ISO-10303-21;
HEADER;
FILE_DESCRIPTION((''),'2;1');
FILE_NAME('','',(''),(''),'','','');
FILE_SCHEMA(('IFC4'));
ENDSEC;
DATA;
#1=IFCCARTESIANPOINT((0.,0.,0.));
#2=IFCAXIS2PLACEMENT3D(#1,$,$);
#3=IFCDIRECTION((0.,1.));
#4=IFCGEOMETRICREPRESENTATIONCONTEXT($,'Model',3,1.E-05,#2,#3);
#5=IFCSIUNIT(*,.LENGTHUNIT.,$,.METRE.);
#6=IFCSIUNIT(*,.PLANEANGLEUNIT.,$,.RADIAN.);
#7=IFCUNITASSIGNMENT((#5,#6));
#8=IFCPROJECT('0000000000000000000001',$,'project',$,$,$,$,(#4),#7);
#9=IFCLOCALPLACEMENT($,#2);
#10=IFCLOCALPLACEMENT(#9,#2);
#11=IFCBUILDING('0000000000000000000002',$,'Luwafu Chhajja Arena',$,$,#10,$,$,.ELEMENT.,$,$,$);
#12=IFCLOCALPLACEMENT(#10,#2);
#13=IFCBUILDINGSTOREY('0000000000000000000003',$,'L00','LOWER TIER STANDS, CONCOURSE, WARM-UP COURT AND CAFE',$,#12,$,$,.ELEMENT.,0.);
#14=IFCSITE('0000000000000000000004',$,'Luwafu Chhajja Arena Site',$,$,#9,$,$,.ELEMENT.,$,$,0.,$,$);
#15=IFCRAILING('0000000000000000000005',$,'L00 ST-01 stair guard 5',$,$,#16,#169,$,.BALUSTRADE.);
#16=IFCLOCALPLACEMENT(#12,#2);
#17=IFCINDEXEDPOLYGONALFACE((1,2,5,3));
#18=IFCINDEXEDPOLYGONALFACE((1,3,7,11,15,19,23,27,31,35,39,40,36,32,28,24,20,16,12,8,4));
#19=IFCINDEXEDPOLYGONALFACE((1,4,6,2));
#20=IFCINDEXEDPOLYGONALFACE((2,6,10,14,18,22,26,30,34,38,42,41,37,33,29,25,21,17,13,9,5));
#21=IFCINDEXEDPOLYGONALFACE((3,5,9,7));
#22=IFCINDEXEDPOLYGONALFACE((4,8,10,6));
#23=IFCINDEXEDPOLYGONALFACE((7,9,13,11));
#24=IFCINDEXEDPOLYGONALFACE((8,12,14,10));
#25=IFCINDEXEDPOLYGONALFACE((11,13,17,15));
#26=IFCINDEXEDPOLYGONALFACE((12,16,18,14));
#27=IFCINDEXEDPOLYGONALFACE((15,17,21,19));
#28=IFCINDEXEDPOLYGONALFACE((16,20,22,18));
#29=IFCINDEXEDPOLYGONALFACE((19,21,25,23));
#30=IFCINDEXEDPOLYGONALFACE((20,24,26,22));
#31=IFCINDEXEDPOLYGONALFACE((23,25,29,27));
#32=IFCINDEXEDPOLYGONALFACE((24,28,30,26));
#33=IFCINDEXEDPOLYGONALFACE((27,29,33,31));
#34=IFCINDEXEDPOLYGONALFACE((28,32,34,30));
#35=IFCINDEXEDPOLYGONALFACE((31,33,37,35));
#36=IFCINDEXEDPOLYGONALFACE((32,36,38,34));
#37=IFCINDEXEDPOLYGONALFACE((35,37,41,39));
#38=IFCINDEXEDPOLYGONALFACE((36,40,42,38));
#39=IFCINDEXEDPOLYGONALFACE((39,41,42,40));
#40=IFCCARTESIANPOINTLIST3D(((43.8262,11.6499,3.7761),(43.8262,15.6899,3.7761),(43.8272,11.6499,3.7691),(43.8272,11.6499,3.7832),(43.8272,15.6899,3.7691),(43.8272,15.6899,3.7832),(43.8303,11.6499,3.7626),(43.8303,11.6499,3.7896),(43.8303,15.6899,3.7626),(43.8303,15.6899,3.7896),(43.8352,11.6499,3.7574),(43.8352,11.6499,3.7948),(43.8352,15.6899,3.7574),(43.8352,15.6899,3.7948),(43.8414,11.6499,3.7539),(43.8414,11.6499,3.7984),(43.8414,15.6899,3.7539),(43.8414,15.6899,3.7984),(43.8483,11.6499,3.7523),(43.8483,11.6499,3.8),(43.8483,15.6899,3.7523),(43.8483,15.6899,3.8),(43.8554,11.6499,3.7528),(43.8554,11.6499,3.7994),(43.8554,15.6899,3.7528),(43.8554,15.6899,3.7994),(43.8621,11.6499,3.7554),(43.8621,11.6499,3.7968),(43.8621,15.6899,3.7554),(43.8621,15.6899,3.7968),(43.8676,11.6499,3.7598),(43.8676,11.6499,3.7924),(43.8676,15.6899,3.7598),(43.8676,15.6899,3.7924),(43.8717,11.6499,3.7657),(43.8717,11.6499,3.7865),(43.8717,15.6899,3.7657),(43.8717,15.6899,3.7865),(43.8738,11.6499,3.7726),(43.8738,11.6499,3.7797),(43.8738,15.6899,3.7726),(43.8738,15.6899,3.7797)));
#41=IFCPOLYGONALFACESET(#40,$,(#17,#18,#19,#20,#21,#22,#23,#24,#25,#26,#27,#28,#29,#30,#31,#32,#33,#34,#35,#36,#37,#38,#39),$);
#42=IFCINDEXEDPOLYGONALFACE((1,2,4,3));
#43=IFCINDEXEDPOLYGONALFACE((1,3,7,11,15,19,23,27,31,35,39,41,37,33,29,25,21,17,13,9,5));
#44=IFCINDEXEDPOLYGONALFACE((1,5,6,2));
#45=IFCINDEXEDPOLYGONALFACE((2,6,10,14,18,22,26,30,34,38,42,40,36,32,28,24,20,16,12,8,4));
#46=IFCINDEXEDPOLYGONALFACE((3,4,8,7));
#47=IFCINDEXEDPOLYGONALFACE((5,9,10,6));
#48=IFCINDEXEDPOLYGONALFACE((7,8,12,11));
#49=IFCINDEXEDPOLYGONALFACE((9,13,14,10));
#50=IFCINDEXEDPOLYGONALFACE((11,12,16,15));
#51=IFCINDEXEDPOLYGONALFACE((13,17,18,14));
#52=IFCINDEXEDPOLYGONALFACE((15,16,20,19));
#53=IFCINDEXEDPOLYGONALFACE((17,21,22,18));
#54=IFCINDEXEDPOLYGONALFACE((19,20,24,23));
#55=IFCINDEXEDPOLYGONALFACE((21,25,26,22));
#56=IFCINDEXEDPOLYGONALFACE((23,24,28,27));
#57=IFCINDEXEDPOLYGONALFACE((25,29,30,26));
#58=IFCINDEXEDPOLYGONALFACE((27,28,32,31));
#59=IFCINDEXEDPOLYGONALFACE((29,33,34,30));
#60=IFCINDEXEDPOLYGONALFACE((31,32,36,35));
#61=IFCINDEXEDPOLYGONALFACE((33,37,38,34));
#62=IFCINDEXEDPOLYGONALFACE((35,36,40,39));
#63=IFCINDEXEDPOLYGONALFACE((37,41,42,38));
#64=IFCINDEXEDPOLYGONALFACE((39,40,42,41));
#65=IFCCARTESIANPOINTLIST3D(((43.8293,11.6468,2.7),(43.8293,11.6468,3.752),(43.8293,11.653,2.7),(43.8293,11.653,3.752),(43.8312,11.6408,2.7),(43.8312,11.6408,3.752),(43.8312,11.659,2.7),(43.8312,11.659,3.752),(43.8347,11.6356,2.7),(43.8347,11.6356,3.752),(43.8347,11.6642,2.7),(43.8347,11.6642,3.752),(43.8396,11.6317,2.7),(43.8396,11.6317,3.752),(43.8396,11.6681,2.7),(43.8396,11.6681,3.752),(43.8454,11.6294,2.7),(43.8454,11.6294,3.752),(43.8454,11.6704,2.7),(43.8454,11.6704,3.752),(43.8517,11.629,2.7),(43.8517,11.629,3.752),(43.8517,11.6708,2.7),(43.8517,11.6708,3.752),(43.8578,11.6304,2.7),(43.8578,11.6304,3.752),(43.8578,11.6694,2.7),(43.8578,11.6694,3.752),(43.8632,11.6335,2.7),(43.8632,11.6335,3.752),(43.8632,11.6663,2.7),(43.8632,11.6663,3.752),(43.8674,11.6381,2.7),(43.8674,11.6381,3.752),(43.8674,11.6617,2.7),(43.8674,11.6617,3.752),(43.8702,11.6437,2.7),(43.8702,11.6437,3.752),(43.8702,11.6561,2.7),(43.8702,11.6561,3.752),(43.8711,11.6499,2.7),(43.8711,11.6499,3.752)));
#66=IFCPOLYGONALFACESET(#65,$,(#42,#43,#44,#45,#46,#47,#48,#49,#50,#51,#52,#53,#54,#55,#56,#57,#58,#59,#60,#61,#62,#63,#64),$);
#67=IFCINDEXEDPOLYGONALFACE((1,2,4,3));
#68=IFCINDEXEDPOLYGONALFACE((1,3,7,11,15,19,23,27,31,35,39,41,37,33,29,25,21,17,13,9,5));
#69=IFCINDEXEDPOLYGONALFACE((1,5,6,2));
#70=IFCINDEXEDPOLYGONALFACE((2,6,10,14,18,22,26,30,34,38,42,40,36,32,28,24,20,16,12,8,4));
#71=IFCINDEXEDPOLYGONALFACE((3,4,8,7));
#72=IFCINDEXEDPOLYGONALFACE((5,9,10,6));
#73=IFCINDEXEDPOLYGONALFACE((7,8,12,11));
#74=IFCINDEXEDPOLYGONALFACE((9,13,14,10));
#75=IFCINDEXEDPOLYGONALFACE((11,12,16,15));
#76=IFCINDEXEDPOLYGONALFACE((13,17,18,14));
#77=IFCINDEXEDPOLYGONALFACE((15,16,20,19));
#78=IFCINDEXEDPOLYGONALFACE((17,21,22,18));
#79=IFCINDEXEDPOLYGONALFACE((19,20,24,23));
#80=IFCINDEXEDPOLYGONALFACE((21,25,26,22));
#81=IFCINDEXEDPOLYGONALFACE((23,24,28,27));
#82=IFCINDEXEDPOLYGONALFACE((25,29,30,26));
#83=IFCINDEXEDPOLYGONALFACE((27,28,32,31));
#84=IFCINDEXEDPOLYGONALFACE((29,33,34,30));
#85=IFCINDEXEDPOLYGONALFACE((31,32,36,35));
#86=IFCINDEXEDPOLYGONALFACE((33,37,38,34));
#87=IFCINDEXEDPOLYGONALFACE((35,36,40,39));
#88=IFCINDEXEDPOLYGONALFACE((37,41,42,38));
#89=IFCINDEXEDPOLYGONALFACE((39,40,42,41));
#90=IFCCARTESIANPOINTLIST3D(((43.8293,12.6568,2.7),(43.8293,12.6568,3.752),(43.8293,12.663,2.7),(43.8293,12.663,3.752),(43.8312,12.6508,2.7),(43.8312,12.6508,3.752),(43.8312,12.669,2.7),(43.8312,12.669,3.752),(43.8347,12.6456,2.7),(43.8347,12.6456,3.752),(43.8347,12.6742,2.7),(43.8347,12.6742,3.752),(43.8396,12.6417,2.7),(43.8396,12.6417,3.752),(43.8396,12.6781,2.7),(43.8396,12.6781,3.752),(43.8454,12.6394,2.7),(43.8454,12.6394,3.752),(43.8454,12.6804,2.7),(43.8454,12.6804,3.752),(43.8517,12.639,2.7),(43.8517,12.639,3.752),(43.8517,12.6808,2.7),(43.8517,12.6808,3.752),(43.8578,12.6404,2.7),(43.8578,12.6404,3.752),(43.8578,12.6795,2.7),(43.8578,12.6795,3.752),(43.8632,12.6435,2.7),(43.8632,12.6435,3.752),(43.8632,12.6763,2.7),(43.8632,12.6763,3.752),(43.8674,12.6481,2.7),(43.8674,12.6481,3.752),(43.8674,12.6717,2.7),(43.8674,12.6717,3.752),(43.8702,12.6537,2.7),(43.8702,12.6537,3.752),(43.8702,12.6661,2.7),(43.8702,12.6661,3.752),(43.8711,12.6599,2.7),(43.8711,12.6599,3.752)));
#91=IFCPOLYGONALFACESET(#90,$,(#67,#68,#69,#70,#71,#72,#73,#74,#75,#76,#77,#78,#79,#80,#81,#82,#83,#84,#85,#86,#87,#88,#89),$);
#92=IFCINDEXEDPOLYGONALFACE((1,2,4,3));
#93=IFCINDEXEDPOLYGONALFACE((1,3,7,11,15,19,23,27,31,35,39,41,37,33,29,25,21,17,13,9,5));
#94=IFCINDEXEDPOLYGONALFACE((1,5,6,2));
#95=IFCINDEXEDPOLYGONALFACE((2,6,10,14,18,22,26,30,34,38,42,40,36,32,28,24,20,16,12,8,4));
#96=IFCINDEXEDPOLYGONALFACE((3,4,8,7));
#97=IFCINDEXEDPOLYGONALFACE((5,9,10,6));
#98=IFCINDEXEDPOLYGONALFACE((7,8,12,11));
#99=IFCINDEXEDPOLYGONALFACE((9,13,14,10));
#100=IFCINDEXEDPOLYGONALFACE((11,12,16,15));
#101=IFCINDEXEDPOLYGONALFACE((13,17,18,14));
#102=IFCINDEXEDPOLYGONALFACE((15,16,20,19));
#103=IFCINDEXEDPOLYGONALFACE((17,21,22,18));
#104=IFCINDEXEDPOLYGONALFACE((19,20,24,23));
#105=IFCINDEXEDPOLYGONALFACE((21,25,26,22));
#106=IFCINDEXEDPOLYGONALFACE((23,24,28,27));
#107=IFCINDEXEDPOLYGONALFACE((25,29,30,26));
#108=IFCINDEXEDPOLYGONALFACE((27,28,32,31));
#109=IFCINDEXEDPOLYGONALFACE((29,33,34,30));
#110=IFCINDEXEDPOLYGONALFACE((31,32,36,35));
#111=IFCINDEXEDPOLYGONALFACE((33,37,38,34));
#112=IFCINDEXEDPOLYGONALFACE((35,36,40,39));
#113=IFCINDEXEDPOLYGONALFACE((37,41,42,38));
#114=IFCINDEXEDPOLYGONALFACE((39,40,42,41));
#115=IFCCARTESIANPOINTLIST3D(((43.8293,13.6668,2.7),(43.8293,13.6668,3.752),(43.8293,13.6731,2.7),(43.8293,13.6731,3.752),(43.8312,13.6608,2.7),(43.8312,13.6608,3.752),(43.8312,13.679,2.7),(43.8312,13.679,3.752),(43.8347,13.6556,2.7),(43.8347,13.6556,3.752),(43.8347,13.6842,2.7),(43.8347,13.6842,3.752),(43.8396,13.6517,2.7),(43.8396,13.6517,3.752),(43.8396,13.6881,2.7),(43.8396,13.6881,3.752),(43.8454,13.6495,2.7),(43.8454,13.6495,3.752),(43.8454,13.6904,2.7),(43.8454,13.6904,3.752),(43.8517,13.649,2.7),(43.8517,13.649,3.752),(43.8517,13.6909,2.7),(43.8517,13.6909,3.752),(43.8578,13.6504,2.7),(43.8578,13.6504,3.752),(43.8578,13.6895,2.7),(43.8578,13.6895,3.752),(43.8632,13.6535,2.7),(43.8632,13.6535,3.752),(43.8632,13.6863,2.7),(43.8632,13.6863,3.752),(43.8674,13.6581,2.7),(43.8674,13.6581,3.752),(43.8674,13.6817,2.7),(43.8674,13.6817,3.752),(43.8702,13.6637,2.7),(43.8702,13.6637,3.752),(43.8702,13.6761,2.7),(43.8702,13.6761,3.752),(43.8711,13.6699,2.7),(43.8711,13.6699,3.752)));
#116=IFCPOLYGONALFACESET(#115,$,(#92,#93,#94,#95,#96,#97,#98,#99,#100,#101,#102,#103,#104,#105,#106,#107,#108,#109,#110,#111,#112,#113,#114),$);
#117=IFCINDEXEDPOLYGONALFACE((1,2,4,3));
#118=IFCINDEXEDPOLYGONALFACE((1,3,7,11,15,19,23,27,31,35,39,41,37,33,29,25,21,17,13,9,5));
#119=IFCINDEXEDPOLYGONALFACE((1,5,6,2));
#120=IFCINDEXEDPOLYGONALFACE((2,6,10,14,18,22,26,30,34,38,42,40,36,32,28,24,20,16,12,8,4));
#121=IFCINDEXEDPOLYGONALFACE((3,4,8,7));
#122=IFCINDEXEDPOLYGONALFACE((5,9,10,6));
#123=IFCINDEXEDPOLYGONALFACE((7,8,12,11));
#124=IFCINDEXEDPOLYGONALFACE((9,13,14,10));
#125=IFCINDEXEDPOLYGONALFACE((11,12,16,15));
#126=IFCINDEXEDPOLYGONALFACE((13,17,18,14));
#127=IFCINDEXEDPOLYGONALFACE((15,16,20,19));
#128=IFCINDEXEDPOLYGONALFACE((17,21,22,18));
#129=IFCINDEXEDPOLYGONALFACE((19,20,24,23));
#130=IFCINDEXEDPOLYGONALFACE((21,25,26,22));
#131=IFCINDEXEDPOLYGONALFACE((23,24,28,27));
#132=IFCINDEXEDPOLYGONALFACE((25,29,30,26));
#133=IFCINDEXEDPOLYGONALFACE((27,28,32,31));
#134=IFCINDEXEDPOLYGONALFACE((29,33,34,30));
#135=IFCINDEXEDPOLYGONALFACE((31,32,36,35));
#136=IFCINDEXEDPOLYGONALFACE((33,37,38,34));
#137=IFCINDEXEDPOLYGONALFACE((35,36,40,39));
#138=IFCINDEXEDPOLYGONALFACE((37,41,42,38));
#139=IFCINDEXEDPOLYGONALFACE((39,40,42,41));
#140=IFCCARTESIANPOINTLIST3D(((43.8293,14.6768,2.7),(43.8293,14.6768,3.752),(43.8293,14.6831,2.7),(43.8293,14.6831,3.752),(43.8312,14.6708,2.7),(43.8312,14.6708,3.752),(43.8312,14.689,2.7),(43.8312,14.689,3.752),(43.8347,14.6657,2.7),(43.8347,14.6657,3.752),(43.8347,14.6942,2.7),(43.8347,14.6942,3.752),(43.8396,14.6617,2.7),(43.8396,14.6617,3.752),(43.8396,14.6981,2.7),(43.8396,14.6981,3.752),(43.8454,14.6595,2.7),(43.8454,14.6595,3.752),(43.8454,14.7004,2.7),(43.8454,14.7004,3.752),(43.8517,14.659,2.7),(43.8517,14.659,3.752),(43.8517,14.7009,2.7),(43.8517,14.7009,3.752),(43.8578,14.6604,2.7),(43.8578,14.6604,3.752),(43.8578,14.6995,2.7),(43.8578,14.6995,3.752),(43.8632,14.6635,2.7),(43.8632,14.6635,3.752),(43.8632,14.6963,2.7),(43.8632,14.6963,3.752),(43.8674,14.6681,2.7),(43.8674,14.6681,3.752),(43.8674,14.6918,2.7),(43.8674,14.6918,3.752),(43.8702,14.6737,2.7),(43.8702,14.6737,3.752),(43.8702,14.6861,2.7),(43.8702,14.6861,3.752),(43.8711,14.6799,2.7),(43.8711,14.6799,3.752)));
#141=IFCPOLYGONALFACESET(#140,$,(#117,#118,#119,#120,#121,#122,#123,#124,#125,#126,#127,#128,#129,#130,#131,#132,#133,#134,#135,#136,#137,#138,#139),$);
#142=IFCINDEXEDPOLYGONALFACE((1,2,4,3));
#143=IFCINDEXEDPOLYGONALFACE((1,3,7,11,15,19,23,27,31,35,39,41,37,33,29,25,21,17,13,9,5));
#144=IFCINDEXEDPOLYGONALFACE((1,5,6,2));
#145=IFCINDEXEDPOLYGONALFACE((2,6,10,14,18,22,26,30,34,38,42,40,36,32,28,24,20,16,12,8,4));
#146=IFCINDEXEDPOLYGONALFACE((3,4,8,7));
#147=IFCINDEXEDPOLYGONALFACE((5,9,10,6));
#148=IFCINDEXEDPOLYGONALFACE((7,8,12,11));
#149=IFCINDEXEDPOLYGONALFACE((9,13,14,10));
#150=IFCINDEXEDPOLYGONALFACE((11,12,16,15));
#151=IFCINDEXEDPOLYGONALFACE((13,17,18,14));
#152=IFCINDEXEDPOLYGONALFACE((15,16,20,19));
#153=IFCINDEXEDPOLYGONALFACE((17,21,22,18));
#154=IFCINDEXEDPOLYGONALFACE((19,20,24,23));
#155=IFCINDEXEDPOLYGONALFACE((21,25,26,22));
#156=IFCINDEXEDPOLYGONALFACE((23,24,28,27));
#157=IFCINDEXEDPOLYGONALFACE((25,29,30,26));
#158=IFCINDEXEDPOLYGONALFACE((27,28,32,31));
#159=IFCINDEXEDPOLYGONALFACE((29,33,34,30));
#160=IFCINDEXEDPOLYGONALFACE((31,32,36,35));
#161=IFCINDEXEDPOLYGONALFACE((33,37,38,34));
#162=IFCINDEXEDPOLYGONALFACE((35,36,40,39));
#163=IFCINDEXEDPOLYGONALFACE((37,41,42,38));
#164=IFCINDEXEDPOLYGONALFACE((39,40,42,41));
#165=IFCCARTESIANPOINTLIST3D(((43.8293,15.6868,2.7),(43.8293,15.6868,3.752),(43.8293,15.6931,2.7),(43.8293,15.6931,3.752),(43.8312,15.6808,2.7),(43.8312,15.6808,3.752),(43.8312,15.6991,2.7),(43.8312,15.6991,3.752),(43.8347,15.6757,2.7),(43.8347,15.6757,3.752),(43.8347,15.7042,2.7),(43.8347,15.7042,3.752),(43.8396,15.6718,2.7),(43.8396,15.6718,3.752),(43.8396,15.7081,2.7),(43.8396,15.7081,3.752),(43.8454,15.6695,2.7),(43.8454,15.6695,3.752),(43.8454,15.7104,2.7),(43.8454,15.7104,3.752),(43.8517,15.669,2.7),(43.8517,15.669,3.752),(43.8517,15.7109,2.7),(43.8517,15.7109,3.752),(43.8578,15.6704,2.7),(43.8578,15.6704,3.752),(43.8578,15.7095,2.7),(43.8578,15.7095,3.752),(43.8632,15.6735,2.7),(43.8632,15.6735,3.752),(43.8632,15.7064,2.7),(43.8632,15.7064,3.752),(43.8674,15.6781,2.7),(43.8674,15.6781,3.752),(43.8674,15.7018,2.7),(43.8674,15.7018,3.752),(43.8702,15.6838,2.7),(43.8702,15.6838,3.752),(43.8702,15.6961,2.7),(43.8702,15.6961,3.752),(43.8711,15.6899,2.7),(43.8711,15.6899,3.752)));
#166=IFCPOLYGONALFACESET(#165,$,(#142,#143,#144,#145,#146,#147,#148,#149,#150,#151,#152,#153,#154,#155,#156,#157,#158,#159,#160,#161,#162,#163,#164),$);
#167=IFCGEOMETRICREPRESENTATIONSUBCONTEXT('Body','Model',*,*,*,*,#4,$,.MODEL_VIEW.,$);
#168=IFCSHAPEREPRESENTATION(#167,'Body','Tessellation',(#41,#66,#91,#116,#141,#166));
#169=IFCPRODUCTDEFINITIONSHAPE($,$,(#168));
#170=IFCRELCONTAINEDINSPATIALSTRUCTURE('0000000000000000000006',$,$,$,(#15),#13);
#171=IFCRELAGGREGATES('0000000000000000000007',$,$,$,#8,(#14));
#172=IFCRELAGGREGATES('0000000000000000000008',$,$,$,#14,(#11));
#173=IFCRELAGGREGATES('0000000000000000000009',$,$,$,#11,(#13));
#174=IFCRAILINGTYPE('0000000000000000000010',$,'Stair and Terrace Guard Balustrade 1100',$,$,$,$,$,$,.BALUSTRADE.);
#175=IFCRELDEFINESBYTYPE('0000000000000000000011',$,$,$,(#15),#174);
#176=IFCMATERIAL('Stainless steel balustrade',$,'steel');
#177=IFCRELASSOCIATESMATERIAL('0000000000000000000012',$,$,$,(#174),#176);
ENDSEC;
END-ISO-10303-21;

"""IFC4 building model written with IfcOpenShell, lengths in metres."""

from ifc_helpers import new_model, si_unit, direction, frame, origin, origin_2d, place, context, subcontext, project, spatial, circle, extrude, material, type_object, element, save


model = new_model("IFC4")

# Units and contexts
model_context = context("Model", 3, precision=1e-05, world=origin(), true_north=direction((0.0, 1.0)))
body_context = subcontext(model_context, "Body", "Model", "MODEL_VIEW")
ifc_project = project(units=[si_unit("LENGTHUNIT", "METRE"), si_unit("PLANEANGLEUNIT", "RADIAN")], contexts=[model_context])

# Site, building, storey
site_placement = place(None, origin())
site = spatial("IfcSite", under=ifc_project, at=site_placement, Name="Luwafu Chhajja Arena Site", CompositionType="ELEMENT", RefElevation=0.0)
building_placement = place(site_placement, origin())
building = spatial("IfcBuilding", under=site, at=building_placement, Name="Luwafu Chhajja Arena", CompositionType="ELEMENT")
storey_placement = place(building_placement, origin())
storey = spatial("IfcBuildingStorey", under=building, at=storey_placement, Name="L00", Description="LOWER TIER STANDS, CONCOURSE, WARM-UP COURT AND CAFE", CompositionType="ELEMENT", Elevation=0.0)

# Railing
ifc_material_1 = material(Name="Stainless steel balustrade", Category="steel")
railing_type_1 = type_object("IfcRailingType", Name="Stair and Terrace Guard Balustrade 1100", PredefinedType="BALUSTRADE", material=ifc_material_1)
railing_1_placement = place(storey_placement, frame((43.8501, 11.6499, 2.7)))
element("IfcRailing", 1, at=railing_1_placement, inside=storey, type_object=railing_type_1, Name="L00 ST-01 stair guard 5", PredefinedType="BALUSTRADE", context=body_context, shape_type="SweptSolid", body=[
    extrude(circle(Radius=0.0239, at=origin_2d()), frame((0.0, 0.0, 1.0762), z_axis=(0.0, 1.0, 0.0), x_axis=(-1.0, 0.0, 0.0)), (0.0, 0.0, 1.0), 4.04),
    extrude(circle(Radius=0.021, at=origin_2d()), origin(), (0.0, 0.0, 1.0), 1.052),
    extrude(circle(Radius=0.021, at=origin_2d()), frame((0.0, 1.01, 0.0)), (0.0, 0.0, 1.0), 1.052),
    extrude(circle(Radius=0.021, at=origin_2d()), frame((0.0, 2.02, 0.0)), (0.0, 0.0, 1.0), 1.052),
    extrude(circle(Radius=0.021, at=origin_2d()), frame((0.0, 3.03, 0.0)), (0.0, 0.0, 1.0), 1.052),
    extrude(circle(Radius=0.021, at=origin_2d()), frame((0.0, 4.04, 0.0)), (0.0, 0.0, 1.0), 1.052),
])

save(model, "model.ifc")
